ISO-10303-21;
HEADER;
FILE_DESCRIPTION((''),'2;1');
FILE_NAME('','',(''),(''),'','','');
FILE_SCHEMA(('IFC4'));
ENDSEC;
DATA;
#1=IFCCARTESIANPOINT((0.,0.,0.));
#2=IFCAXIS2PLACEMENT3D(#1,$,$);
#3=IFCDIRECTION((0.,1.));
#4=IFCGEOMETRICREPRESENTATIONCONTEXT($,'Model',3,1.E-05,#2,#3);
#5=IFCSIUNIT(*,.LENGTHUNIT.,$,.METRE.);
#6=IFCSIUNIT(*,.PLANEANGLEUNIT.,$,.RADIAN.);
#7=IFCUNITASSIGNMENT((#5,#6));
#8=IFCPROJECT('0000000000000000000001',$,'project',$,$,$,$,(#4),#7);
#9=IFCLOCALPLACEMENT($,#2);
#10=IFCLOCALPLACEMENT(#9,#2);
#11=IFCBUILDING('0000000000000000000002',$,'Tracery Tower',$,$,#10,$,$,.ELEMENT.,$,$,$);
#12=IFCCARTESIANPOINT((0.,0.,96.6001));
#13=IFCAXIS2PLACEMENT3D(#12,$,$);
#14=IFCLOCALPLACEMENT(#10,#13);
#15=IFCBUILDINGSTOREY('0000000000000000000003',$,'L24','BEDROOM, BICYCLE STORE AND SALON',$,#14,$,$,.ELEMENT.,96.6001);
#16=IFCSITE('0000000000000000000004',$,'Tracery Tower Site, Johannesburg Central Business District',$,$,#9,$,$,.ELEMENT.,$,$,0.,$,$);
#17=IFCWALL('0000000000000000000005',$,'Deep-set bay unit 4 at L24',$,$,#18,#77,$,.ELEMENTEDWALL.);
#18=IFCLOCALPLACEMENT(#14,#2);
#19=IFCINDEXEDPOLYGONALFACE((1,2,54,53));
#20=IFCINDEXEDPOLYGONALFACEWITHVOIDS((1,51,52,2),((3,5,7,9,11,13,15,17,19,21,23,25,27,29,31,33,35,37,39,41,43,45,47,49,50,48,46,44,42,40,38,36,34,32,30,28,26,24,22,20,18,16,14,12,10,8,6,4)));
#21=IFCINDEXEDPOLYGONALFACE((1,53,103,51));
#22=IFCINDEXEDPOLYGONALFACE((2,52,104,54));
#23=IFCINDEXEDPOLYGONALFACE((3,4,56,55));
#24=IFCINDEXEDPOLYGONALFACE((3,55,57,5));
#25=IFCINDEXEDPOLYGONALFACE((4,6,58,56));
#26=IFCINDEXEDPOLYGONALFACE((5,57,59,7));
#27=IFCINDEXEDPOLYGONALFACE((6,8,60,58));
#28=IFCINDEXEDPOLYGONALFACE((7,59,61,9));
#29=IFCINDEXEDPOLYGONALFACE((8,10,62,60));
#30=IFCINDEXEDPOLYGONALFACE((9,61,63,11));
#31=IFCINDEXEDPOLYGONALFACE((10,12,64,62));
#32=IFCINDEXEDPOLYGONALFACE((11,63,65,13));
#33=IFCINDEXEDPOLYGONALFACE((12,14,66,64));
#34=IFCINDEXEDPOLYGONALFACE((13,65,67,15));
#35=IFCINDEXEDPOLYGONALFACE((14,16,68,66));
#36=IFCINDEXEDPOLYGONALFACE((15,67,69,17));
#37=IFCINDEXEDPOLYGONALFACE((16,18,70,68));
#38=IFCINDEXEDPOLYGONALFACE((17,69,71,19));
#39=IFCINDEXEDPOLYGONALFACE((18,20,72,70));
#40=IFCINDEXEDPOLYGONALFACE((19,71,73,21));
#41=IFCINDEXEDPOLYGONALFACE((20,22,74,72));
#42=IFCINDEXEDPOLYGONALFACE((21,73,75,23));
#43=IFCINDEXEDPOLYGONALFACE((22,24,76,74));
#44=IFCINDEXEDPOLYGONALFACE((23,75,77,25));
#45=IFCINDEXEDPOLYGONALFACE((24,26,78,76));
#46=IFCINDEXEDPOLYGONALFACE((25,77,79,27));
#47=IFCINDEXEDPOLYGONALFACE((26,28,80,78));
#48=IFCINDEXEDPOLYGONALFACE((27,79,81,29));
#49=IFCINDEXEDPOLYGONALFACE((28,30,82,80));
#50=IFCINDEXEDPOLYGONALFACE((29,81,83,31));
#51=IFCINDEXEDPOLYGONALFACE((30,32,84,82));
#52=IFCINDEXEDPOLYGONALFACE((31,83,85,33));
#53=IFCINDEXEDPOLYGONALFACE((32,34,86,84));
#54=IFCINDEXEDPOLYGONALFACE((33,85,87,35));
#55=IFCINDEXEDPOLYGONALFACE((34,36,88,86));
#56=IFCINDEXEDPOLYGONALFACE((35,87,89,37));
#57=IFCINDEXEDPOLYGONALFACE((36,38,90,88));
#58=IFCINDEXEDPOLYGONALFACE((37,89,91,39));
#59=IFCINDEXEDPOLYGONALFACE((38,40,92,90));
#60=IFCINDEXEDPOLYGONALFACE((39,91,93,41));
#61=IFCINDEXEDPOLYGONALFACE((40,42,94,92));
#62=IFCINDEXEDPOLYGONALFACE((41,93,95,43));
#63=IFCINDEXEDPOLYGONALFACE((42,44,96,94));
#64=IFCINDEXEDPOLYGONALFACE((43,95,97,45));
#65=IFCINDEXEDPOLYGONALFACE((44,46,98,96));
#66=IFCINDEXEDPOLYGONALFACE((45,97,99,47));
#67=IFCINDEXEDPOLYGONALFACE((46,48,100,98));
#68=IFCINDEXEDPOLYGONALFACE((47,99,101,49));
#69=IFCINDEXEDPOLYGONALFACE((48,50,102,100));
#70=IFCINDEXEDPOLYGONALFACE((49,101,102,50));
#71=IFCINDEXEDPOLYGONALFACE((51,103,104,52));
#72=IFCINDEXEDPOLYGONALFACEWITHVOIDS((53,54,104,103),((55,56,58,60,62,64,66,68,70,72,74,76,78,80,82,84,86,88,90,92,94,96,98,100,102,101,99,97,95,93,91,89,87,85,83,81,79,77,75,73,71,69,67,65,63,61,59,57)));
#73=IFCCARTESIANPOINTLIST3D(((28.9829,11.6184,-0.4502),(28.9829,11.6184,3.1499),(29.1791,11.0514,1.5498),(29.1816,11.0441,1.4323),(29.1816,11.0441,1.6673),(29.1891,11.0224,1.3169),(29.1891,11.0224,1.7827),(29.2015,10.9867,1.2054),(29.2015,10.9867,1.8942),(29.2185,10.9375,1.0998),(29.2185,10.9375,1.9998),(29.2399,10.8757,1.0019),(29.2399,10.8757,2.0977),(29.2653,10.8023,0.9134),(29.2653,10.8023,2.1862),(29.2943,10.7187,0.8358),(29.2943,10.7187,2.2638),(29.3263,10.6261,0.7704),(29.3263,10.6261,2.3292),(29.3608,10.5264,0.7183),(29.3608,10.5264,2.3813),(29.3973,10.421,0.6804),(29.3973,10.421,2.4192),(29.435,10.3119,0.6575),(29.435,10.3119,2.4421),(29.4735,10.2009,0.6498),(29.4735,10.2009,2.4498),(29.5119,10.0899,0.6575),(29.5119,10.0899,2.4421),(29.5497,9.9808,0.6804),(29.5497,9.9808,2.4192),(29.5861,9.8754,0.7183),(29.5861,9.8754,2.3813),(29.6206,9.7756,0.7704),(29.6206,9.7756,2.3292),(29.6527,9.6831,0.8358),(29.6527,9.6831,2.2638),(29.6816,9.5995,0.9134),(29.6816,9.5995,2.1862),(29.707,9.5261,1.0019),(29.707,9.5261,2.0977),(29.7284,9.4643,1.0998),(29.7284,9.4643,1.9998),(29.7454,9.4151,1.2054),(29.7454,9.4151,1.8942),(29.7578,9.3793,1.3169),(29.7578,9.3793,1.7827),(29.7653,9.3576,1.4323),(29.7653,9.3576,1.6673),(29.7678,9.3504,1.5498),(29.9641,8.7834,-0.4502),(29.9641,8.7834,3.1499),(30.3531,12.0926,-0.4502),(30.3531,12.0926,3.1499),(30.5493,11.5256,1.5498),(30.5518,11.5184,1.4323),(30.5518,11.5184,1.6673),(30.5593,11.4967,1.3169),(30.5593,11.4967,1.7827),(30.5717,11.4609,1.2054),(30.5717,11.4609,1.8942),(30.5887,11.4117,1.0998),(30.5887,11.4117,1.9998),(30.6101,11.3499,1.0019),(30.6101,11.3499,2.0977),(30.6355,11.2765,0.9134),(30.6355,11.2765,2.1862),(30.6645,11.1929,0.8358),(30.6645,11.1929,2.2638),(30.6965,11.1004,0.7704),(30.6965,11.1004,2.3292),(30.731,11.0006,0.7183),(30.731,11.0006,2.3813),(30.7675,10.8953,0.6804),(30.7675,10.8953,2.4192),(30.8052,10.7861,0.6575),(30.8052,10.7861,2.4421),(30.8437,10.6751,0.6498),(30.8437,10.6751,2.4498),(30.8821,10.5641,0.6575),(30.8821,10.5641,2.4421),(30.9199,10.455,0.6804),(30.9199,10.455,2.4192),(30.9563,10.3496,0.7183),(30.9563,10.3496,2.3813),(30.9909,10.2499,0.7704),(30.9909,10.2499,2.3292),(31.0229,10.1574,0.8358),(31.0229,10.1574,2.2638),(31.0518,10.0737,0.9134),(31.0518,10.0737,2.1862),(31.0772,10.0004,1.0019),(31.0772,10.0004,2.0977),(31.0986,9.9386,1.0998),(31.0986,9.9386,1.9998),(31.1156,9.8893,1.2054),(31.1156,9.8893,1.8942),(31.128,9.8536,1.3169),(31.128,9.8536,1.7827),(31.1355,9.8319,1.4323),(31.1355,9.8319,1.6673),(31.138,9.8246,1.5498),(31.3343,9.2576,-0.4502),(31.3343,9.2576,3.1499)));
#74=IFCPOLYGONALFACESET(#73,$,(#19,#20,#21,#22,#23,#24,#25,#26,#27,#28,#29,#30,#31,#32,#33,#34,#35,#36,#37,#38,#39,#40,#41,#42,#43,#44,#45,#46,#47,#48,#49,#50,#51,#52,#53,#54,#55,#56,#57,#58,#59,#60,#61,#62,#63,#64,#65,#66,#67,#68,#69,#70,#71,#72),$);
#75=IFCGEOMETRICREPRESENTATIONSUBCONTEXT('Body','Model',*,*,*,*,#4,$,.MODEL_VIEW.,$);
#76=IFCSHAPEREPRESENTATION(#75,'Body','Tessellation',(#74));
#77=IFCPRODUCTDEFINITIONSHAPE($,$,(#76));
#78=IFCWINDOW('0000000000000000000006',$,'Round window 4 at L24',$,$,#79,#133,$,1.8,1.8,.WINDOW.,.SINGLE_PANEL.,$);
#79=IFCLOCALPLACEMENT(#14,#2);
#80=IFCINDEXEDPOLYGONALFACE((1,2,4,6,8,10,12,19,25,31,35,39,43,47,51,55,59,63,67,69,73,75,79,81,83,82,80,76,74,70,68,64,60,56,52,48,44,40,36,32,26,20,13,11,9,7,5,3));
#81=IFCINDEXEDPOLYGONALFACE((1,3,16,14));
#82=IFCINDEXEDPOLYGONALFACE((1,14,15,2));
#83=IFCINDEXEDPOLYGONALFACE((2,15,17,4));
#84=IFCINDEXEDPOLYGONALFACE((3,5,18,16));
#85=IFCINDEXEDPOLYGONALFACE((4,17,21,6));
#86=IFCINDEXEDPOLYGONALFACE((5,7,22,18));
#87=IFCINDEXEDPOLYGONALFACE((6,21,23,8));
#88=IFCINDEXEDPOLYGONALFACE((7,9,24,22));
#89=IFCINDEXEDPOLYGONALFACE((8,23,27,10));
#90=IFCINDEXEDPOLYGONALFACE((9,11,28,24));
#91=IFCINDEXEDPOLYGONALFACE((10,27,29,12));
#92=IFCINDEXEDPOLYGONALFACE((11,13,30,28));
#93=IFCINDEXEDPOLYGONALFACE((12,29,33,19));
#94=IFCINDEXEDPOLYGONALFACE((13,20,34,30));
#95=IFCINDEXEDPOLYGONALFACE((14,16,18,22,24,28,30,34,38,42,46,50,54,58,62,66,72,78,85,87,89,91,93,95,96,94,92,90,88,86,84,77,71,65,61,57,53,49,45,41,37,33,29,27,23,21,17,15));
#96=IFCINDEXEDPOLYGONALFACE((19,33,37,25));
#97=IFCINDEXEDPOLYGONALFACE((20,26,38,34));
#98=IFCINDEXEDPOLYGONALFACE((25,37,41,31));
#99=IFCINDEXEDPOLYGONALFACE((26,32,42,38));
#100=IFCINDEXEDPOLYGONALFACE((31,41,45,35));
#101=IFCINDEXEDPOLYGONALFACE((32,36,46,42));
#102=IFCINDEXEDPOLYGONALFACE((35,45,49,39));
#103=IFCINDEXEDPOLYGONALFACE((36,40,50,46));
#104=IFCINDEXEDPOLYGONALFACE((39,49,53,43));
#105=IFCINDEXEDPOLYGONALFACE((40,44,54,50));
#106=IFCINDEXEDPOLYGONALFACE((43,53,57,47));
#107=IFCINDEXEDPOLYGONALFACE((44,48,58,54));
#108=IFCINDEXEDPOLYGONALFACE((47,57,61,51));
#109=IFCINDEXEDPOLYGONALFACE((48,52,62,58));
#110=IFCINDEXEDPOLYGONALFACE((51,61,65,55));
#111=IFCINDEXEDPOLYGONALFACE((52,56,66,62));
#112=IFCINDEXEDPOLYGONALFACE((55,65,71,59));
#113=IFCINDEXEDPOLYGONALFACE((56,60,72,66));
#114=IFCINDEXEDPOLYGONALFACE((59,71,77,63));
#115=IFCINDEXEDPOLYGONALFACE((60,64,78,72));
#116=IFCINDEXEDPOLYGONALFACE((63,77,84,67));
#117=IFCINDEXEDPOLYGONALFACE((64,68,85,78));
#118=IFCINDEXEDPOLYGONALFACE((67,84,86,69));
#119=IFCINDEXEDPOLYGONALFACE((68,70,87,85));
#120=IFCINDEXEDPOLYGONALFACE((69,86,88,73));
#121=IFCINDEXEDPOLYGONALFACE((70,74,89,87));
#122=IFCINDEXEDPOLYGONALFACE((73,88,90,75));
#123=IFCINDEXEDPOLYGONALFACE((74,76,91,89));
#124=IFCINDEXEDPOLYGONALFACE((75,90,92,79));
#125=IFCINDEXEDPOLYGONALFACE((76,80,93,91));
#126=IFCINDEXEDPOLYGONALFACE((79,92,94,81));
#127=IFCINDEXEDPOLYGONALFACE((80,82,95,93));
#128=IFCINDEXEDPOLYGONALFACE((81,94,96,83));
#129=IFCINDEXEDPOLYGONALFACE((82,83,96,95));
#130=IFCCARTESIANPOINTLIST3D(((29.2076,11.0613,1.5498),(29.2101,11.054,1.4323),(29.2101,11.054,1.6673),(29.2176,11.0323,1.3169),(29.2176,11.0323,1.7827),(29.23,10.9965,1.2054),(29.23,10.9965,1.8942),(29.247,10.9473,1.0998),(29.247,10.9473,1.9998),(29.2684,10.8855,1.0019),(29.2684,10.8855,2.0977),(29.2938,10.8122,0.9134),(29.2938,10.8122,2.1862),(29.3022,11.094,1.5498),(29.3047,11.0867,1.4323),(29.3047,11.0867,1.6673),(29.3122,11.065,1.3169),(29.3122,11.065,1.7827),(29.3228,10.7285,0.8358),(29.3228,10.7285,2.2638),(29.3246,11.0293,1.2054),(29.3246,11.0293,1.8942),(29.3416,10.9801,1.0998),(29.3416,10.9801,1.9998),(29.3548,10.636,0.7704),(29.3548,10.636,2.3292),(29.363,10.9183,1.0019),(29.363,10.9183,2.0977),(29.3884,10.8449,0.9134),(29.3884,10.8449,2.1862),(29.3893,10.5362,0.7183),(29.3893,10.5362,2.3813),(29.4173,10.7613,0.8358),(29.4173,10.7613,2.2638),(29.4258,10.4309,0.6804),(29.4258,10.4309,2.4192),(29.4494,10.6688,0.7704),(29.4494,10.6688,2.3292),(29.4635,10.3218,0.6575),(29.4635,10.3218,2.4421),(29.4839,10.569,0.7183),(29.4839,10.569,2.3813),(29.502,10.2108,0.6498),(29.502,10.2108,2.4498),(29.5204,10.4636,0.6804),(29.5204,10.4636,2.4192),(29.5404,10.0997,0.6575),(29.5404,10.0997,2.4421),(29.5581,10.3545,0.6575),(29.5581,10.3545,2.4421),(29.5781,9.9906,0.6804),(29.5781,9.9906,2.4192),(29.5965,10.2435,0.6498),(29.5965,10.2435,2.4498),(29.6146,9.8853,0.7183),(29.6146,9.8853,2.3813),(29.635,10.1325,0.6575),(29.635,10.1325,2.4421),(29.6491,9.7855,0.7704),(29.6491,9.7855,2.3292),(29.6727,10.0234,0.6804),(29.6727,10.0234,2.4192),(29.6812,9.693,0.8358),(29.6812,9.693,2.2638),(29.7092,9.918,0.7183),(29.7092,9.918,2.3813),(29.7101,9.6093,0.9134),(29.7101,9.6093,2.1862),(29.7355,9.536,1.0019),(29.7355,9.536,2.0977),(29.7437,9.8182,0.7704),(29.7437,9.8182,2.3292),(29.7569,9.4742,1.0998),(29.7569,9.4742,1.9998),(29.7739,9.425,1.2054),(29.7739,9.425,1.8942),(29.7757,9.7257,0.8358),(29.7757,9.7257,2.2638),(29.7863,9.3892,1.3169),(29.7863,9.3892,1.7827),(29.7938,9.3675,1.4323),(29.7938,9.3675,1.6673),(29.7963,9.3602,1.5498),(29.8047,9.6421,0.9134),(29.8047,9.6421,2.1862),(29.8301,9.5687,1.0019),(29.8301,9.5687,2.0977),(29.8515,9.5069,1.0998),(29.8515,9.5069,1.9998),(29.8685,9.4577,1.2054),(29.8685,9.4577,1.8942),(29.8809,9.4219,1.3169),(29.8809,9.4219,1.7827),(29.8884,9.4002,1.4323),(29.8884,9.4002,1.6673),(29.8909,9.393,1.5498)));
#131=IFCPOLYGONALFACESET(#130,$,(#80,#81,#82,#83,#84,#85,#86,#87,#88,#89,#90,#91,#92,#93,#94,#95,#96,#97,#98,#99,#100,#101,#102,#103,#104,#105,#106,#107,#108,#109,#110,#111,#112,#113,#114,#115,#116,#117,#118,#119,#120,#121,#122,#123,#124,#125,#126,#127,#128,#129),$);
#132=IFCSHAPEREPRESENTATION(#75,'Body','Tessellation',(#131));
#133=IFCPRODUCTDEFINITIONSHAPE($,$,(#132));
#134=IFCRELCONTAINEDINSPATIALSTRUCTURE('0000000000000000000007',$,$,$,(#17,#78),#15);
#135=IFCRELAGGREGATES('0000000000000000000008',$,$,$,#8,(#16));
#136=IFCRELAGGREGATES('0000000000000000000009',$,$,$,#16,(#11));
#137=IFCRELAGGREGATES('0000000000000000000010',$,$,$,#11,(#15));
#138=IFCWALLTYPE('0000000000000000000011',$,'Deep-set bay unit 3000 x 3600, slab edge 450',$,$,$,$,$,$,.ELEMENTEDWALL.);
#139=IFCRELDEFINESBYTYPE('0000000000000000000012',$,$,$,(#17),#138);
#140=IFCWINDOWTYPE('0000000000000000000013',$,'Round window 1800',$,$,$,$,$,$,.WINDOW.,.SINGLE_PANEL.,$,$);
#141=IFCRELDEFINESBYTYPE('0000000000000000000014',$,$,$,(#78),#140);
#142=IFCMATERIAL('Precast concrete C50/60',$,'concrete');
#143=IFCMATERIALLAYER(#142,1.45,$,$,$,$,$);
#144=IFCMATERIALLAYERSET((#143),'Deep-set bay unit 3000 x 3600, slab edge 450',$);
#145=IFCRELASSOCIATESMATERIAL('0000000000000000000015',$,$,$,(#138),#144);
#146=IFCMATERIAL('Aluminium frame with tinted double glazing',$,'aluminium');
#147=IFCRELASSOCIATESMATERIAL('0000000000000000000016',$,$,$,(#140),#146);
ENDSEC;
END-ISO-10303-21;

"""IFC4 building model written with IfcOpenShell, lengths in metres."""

from ifc_helpers import new_model, si_unit, direction, frame, frame_2d, origin, origin_2d, place, context, subcontext, project, spatial, rectangle, circle, extrude, material, layer, layer_set, type_object, element, fill, save


model = new_model("IFC4")

# Units and contexts
model_context = context("Model", 3, precision=1e-05, world=origin(), true_north=direction((0.0, 1.0)))
body_context = subcontext(model_context, "Body", "Model", "MODEL_VIEW")
ifc_project = project(units=[si_unit("LENGTHUNIT", "METRE"), si_unit("PLANEANGLEUNIT", "RADIAN")], contexts=[model_context])

# Site, building, storey
site_placement = place(None, origin())
site = spatial("IfcSite", under=ifc_project, at=site_placement, Name="Tracery Tower Site, Johannesburg Central Business District", CompositionType="ELEMENT", RefElevation=0.0)
building_placement = place(site_placement, origin())
building = spatial("IfcBuilding", under=site, at=building_placement, Name="Tracery Tower", CompositionType="ELEMENT")
storey_placement = place(building_placement, frame((0.0, 0.0, 96.6001)))
storey = spatial("IfcBuildingStorey", under=building, at=storey_placement, Name="L24", Description="BEDROOM, BICYCLE STORE AND SALON", CompositionType="ELEMENT", Elevation=96.6001)

# Wall, opening, window
ifc_material_1 = material(Name="Precast concrete C50/60", Category="concrete")
ifc_layer_1 = layer(ifc_material_1, 1.45)
ifc_layer_set_1 = layer_set([ifc_layer_1], Name="Deep-set bay unit 3000 x 3600, slab edge 450")
wall_type_1 = type_object("IfcWallType", Name="Deep-set bay unit 3000 x 3600, slab edge 450", PredefinedType="ELEMENTEDWALL", material=ifc_layer_set_1)
ifc_material_2 = material(Name="Aluminium frame with tinted double glazing", Category="aluminium")
window_type = type_object("IfcWindowType", Name="Round window 1800", PartitioningType="SINGLE_PANEL", PredefinedType="WINDOW", material=ifc_material_2)
wall_1_placement = place(storey_placement, frame((30.6492, 9.0205, -0.4502), z_axis=(0.0, 0.0, 1.0), x_axis=(-0.327071, 0.945, 0.0)))
wall_1 = element("IfcWall", 1, at=wall_1_placement, inside=storey, type_object=wall_type_1, Name="Deep-set bay unit 4 at L24", PredefinedType="ELEMENTEDWALL", context=body_context, shape_type="SweptSolid", body=[
    extrude(rectangle(XDim=3.0, YDim=1.45, at=frame_2d((1.5, 0.0))), origin(), (0.0, 0.0, 1.0), 3.6001),
])
opening_1_placement = place(wall_1_placement, frame((1.5, 0.0, 2.0)))
opening_1 = element("IfcOpeningElement", 2, at=opening_1_placement, cuts=wall_1, PredefinedType="OPENING", context=body_context, shape_type="SweptSolid", body=[
    extrude(circle(Radius=0.9, at=origin_2d()), frame((0.0, 0.7349, 0.0), z_axis=(0.0, -1.0, 0.0), x_axis=(1.0, 0.0, 0.0)), (0.0, 0.0, 1.0), 1.47),
])
window_1_placement = place(opening_1_placement, origin())
window_1 = element("IfcWindow", 3, at=window_1_placement, inside=storey, type_object=window_type, Name="Round window 4 at L24", OverallHeight=1.8, OverallWidth=1.8, PartitioningType="SINGLE_PANEL", PredefinedType="WINDOW", context=body_context, shape_type="SweptSolid", body=[
    extrude(circle(Radius=0.9, at=origin_2d()), frame((0.0, 0.6948, 0.0), z_axis=(0.0, -1.0, 0.0), x_axis=(1.0, 0.0, 0.0)), (0.0, 0.0, 1.0), 0.1001),
])
fill(opening_1, window_1)

save(model, "model.ifc")
